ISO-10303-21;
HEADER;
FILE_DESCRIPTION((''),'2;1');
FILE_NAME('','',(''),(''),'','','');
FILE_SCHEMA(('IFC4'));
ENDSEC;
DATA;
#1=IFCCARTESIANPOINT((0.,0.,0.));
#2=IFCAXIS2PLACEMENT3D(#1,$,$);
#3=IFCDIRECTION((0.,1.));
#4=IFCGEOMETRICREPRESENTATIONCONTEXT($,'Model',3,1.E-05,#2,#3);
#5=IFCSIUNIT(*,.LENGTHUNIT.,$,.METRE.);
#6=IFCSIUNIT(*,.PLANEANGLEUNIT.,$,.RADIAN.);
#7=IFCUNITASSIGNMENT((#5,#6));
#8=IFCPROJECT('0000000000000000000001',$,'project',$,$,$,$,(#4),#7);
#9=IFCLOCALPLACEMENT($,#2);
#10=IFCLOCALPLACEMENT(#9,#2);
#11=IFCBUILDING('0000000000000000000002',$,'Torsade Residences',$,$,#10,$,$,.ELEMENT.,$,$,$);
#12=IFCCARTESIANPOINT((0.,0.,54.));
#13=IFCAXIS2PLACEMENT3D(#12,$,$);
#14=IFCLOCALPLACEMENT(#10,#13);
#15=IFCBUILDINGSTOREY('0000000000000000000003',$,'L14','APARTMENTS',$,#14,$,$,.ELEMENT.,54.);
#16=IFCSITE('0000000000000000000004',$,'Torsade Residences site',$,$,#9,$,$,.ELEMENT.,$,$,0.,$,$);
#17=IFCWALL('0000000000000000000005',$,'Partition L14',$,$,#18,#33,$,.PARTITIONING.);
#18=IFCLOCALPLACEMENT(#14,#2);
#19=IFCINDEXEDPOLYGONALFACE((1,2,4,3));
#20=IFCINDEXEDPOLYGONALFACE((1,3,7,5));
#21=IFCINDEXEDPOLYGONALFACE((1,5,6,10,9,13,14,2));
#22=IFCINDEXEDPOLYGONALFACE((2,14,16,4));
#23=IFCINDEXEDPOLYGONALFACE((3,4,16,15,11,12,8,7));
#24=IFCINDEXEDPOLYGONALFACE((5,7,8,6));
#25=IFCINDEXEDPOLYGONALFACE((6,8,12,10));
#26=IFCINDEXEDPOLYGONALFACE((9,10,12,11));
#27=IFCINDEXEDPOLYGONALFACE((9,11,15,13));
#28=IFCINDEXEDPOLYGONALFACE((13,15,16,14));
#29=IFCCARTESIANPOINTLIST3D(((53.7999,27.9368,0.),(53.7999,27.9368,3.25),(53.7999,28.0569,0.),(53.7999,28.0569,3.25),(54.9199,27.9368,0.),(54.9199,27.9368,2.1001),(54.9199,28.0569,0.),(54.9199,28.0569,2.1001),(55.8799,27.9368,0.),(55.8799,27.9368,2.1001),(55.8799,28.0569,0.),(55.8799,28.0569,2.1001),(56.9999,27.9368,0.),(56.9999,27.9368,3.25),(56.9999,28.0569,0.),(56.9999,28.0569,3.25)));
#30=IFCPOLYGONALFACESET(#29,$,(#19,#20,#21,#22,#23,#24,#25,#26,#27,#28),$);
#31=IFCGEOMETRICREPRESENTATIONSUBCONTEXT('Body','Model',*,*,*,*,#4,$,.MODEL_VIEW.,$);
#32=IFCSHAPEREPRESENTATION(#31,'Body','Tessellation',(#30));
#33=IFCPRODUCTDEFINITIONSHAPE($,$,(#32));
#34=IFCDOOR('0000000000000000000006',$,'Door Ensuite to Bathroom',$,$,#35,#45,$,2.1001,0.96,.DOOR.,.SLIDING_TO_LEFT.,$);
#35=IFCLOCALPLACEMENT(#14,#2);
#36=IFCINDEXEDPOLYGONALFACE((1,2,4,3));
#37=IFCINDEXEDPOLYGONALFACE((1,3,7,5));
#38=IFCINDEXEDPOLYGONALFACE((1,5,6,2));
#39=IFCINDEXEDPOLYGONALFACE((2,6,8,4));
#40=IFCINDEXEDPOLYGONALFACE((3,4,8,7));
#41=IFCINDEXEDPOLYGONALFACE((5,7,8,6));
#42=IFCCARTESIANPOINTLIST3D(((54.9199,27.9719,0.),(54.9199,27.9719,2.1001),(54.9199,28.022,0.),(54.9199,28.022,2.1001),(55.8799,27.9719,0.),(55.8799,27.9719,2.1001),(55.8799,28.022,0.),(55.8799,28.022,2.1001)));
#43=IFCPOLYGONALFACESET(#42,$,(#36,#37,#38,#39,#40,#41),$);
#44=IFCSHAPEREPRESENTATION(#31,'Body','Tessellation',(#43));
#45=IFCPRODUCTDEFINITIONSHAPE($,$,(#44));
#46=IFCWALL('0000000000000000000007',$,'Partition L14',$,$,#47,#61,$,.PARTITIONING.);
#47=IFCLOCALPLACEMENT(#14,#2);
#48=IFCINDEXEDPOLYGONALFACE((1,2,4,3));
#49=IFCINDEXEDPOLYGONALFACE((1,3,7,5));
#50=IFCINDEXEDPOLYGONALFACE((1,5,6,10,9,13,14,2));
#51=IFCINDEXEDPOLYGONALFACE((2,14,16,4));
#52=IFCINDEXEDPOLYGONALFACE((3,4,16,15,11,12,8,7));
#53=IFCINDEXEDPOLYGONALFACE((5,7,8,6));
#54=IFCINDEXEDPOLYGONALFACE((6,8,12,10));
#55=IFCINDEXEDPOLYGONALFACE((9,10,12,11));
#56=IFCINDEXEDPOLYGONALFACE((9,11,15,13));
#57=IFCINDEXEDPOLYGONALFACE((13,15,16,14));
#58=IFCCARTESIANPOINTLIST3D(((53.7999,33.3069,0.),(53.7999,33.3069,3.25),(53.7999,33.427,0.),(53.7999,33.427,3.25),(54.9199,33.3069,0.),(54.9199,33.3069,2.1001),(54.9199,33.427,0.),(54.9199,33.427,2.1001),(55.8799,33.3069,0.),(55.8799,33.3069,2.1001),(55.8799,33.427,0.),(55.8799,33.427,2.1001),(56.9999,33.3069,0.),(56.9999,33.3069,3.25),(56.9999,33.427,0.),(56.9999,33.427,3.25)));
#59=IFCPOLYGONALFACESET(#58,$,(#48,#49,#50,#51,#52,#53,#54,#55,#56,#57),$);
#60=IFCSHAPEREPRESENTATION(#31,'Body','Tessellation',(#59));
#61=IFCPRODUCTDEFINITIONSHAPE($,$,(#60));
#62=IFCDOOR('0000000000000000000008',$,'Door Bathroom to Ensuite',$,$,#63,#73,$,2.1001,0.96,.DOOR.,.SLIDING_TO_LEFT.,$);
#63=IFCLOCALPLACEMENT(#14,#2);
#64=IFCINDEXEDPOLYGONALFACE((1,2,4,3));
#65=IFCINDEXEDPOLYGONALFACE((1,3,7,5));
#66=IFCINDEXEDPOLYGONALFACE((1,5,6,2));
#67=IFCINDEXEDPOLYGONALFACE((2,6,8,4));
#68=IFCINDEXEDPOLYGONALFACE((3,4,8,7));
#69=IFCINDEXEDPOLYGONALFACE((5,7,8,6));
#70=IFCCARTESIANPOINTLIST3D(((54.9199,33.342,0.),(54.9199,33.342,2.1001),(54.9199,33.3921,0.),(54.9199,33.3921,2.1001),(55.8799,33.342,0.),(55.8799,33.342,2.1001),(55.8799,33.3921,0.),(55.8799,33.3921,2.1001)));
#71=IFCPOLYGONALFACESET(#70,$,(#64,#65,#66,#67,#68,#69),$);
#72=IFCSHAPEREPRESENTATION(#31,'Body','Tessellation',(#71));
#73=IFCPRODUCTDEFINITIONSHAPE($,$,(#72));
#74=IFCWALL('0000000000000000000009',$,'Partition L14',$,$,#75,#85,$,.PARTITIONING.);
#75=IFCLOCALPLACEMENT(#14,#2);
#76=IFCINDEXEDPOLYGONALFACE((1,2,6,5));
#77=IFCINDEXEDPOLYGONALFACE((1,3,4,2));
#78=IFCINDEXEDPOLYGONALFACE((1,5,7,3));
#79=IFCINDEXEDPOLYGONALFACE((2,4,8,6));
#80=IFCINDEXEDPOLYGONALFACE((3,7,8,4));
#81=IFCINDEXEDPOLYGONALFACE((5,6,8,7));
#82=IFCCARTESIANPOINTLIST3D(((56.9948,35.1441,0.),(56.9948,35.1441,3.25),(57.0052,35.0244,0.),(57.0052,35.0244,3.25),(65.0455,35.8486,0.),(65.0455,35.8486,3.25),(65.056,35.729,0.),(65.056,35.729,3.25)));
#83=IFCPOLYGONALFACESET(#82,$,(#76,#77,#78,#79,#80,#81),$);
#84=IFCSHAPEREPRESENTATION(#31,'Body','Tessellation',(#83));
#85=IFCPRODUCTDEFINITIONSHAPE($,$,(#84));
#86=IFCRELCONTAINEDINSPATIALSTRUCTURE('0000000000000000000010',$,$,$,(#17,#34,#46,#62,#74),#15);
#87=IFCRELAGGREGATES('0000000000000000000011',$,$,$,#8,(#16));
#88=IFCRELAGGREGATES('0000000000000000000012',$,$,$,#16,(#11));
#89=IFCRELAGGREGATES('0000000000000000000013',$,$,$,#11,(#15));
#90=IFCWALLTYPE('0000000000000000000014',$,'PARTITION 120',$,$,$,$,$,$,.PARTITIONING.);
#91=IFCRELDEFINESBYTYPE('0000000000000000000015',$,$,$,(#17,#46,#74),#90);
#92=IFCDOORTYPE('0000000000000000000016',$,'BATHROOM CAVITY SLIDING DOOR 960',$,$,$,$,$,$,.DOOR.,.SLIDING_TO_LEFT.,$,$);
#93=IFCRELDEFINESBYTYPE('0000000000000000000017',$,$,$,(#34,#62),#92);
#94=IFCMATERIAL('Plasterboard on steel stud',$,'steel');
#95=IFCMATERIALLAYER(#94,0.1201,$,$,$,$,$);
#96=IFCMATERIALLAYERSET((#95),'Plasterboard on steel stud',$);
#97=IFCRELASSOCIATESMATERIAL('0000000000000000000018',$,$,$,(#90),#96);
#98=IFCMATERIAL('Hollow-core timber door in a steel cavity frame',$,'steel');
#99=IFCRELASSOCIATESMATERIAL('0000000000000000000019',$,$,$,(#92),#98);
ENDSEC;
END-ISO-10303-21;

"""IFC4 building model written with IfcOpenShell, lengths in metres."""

from ifc_helpers import new_model, si_unit, direction, frame, frame_2d, origin, place, context, subcontext, project, spatial, rectangle, extrude, material, layer, layer_set, type_object, element, fill, save


model = new_model("IFC4")

# Units and contexts
model_context = context("Model", 3, precision=1e-05, world=origin(), true_north=direction((0.0, 1.0)))
body_context = subcontext(model_context, "Body", "Model", "MODEL_VIEW")
ifc_project = project(units=[si_unit("LENGTHUNIT", "METRE"), si_unit("PLANEANGLEUNIT", "RADIAN")], contexts=[model_context])

# Site, building, storey
site_placement = place(None, origin())
site = spatial("IfcSite", under=ifc_project, at=site_placement, Name="Torsade Residences site", CompositionType="ELEMENT", RefElevation=0.0)
building_placement = place(site_placement, origin())
building = spatial("IfcBuilding", under=site, at=building_placement, Name="Torsade Residences", CompositionType="ELEMENT")
storey_placement = place(building_placement, frame((0.0, 0.0, 54.0)))
storey = spatial("IfcBuildingStorey", under=building, at=storey_placement, Name="L14", Description="APARTMENTS", CompositionType="ELEMENT", Elevation=54.0)

# Shared definitions
ifc_material_1 = material(Name="Plasterboard on steel stud", Category="steel")
ifc_layer_1 = layer(ifc_material_1, 0.1201)
ifc_layer_set_1 = layer_set([ifc_layer_1], Name="Plasterboard on steel stud")
wall_type_1 = type_object("IfcWallType", Name="PARTITION 120", PredefinedType="PARTITIONING", material=ifc_layer_set_1)

# Walls, openings, doors
wall_1_placement = place(storey_placement, frame((57.0, 27.9968, 0.0), z_axis=(0.0, 0.0, 1.0), x_axis=(-1.0, 0.0, 0.0)))
wall_1 = element("IfcWall", 1, at=wall_1_placement, inside=storey, type_object=wall_type_1, Name="Partition L14", PredefinedType="PARTITIONING", context=body_context, shape_type="SweptSolid", body=[
    extrude(rectangle(XDim=3.2, YDim=0.1201, at=frame_2d((1.6001, 0.0))), origin(), (0.0, 0.0, 1.0), 3.25),
])
opening_1_placement = place(wall_1_placement, frame((1.1201, 0.0, 0.0)))
opening_1 = element("IfcOpeningElement", 2, at=opening_1_placement, cuts=wall_1, PredefinedType="OPENING", context=body_context, shape_type="SweptSolid", body=[
    extrude(rectangle(XDim=0.96, YDim=2.1001, at=frame_2d((0.48, 1.05))), frame((0.0, 0.0701, 0.0), z_axis=(0.0, -1.0, 0.0), x_axis=(1.0, 0.0, 0.0)), (0.0, 0.0, 1.0), 0.1401),
])
ifc_material_2 = material(Name="Hollow-core timber door in a steel cavity frame", Category="steel")
door_type_1 = type_object("IfcDoorType", Name="BATHROOM CAVITY SLIDING DOOR 960", OperationType="SLIDING_TO_LEFT", PredefinedType="DOOR", material=ifc_material_2)
door_1_placement = place(opening_1_placement, origin())
door_1 = element("IfcDoor", 3, at=door_1_placement, inside=storey, type_object=door_type_1, Name="Door Ensuite to Bathroom", OperationType="SLIDING_TO_LEFT", OverallHeight=2.1001, OverallWidth=0.96, PredefinedType="DOOR", context=body_context, shape_type="SweptSolid", body=[
    extrude(rectangle(XDim=0.96, YDim=2.1001, at=frame_2d((0.48, 1.05))), frame((0.0, 0.0249, 0.0), z_axis=(0.0, -1.0, 0.0), x_axis=(1.0, 0.0, 0.0)), (0.0, 0.0, 1.0), 0.05),
])
fill(opening_1, door_1)
wall_2_placement = place(storey_placement, frame((57.0, 33.3669, 0.0), z_axis=(0.0, 0.0, 1.0), x_axis=(-1.0, 0.0, 0.0)))
wall_2 = element("IfcWall", 4, at=wall_2_placement, inside=storey, type_object=wall_type_1, Name="Partition L14", PredefinedType="PARTITIONING", context=body_context, shape_type="SweptSolid", body=[
    extrude(rectangle(XDim=3.2, YDim=0.1201, at=frame_2d((1.6001, 0.0))), origin(), (0.0, 0.0, 1.0), 3.25),
])
opening_2_placement = place(wall_2_placement, frame((1.1201, 0.0, 0.0)))
opening_2 = element("IfcOpeningElement", 5, at=opening_2_placement, cuts=wall_2, PredefinedType="OPENING", context=body_context, shape_type="SweptSolid", body=[
    extrude(rectangle(XDim=0.96, YDim=2.1001, at=frame_2d((0.48, 1.05))), frame((0.0, 0.0701, 0.0), z_axis=(0.0, -1.0, 0.0), x_axis=(1.0, 0.0, 0.0)), (0.0, 0.0, 1.0), 0.1401),
])
door_2_placement = place(opening_2_placement, origin())
door_2 = element("IfcDoor", 6, at=door_2_placement, inside=storey, type_object=door_type_1, Name="Door Bathroom to Ensuite", OperationType="SLIDING_TO_LEFT", OverallHeight=2.1001, OverallWidth=0.96, PredefinedType="DOOR", context=body_context, shape_type="SweptSolid", body=[
    extrude(rectangle(XDim=0.96, YDim=2.1001, at=frame_2d((0.48, 1.05))), frame((0.0, 0.0249, 0.0), z_axis=(0.0, -1.0, 0.0), x_axis=(1.0, 0.0, 0.0)), (0.0, 0.0, 1.0), 0.05),
])
fill(opening_2, door_2)

# Wall
wall_3_placement = place(storey_placement, frame((57.0, 35.0842, 0.0), z_axis=(0.0, 0.0, 1.0), x_axis=(0.996192, 0.087185, 0.0)))
element("IfcWall", 7, at=wall_3_placement, inside=storey, type_object=wall_type_1, Name="Partition L14", PredefinedType="PARTITIONING", context=body_context, shape_type="SweptSolid", body=[
    extrude(rectangle(XDim=8.0815, YDim=0.1201, at=frame_2d((4.0408, 0.0))), origin(), (0.0, 0.0, 1.0), 3.25),
])

save(model, "model.ifc")
